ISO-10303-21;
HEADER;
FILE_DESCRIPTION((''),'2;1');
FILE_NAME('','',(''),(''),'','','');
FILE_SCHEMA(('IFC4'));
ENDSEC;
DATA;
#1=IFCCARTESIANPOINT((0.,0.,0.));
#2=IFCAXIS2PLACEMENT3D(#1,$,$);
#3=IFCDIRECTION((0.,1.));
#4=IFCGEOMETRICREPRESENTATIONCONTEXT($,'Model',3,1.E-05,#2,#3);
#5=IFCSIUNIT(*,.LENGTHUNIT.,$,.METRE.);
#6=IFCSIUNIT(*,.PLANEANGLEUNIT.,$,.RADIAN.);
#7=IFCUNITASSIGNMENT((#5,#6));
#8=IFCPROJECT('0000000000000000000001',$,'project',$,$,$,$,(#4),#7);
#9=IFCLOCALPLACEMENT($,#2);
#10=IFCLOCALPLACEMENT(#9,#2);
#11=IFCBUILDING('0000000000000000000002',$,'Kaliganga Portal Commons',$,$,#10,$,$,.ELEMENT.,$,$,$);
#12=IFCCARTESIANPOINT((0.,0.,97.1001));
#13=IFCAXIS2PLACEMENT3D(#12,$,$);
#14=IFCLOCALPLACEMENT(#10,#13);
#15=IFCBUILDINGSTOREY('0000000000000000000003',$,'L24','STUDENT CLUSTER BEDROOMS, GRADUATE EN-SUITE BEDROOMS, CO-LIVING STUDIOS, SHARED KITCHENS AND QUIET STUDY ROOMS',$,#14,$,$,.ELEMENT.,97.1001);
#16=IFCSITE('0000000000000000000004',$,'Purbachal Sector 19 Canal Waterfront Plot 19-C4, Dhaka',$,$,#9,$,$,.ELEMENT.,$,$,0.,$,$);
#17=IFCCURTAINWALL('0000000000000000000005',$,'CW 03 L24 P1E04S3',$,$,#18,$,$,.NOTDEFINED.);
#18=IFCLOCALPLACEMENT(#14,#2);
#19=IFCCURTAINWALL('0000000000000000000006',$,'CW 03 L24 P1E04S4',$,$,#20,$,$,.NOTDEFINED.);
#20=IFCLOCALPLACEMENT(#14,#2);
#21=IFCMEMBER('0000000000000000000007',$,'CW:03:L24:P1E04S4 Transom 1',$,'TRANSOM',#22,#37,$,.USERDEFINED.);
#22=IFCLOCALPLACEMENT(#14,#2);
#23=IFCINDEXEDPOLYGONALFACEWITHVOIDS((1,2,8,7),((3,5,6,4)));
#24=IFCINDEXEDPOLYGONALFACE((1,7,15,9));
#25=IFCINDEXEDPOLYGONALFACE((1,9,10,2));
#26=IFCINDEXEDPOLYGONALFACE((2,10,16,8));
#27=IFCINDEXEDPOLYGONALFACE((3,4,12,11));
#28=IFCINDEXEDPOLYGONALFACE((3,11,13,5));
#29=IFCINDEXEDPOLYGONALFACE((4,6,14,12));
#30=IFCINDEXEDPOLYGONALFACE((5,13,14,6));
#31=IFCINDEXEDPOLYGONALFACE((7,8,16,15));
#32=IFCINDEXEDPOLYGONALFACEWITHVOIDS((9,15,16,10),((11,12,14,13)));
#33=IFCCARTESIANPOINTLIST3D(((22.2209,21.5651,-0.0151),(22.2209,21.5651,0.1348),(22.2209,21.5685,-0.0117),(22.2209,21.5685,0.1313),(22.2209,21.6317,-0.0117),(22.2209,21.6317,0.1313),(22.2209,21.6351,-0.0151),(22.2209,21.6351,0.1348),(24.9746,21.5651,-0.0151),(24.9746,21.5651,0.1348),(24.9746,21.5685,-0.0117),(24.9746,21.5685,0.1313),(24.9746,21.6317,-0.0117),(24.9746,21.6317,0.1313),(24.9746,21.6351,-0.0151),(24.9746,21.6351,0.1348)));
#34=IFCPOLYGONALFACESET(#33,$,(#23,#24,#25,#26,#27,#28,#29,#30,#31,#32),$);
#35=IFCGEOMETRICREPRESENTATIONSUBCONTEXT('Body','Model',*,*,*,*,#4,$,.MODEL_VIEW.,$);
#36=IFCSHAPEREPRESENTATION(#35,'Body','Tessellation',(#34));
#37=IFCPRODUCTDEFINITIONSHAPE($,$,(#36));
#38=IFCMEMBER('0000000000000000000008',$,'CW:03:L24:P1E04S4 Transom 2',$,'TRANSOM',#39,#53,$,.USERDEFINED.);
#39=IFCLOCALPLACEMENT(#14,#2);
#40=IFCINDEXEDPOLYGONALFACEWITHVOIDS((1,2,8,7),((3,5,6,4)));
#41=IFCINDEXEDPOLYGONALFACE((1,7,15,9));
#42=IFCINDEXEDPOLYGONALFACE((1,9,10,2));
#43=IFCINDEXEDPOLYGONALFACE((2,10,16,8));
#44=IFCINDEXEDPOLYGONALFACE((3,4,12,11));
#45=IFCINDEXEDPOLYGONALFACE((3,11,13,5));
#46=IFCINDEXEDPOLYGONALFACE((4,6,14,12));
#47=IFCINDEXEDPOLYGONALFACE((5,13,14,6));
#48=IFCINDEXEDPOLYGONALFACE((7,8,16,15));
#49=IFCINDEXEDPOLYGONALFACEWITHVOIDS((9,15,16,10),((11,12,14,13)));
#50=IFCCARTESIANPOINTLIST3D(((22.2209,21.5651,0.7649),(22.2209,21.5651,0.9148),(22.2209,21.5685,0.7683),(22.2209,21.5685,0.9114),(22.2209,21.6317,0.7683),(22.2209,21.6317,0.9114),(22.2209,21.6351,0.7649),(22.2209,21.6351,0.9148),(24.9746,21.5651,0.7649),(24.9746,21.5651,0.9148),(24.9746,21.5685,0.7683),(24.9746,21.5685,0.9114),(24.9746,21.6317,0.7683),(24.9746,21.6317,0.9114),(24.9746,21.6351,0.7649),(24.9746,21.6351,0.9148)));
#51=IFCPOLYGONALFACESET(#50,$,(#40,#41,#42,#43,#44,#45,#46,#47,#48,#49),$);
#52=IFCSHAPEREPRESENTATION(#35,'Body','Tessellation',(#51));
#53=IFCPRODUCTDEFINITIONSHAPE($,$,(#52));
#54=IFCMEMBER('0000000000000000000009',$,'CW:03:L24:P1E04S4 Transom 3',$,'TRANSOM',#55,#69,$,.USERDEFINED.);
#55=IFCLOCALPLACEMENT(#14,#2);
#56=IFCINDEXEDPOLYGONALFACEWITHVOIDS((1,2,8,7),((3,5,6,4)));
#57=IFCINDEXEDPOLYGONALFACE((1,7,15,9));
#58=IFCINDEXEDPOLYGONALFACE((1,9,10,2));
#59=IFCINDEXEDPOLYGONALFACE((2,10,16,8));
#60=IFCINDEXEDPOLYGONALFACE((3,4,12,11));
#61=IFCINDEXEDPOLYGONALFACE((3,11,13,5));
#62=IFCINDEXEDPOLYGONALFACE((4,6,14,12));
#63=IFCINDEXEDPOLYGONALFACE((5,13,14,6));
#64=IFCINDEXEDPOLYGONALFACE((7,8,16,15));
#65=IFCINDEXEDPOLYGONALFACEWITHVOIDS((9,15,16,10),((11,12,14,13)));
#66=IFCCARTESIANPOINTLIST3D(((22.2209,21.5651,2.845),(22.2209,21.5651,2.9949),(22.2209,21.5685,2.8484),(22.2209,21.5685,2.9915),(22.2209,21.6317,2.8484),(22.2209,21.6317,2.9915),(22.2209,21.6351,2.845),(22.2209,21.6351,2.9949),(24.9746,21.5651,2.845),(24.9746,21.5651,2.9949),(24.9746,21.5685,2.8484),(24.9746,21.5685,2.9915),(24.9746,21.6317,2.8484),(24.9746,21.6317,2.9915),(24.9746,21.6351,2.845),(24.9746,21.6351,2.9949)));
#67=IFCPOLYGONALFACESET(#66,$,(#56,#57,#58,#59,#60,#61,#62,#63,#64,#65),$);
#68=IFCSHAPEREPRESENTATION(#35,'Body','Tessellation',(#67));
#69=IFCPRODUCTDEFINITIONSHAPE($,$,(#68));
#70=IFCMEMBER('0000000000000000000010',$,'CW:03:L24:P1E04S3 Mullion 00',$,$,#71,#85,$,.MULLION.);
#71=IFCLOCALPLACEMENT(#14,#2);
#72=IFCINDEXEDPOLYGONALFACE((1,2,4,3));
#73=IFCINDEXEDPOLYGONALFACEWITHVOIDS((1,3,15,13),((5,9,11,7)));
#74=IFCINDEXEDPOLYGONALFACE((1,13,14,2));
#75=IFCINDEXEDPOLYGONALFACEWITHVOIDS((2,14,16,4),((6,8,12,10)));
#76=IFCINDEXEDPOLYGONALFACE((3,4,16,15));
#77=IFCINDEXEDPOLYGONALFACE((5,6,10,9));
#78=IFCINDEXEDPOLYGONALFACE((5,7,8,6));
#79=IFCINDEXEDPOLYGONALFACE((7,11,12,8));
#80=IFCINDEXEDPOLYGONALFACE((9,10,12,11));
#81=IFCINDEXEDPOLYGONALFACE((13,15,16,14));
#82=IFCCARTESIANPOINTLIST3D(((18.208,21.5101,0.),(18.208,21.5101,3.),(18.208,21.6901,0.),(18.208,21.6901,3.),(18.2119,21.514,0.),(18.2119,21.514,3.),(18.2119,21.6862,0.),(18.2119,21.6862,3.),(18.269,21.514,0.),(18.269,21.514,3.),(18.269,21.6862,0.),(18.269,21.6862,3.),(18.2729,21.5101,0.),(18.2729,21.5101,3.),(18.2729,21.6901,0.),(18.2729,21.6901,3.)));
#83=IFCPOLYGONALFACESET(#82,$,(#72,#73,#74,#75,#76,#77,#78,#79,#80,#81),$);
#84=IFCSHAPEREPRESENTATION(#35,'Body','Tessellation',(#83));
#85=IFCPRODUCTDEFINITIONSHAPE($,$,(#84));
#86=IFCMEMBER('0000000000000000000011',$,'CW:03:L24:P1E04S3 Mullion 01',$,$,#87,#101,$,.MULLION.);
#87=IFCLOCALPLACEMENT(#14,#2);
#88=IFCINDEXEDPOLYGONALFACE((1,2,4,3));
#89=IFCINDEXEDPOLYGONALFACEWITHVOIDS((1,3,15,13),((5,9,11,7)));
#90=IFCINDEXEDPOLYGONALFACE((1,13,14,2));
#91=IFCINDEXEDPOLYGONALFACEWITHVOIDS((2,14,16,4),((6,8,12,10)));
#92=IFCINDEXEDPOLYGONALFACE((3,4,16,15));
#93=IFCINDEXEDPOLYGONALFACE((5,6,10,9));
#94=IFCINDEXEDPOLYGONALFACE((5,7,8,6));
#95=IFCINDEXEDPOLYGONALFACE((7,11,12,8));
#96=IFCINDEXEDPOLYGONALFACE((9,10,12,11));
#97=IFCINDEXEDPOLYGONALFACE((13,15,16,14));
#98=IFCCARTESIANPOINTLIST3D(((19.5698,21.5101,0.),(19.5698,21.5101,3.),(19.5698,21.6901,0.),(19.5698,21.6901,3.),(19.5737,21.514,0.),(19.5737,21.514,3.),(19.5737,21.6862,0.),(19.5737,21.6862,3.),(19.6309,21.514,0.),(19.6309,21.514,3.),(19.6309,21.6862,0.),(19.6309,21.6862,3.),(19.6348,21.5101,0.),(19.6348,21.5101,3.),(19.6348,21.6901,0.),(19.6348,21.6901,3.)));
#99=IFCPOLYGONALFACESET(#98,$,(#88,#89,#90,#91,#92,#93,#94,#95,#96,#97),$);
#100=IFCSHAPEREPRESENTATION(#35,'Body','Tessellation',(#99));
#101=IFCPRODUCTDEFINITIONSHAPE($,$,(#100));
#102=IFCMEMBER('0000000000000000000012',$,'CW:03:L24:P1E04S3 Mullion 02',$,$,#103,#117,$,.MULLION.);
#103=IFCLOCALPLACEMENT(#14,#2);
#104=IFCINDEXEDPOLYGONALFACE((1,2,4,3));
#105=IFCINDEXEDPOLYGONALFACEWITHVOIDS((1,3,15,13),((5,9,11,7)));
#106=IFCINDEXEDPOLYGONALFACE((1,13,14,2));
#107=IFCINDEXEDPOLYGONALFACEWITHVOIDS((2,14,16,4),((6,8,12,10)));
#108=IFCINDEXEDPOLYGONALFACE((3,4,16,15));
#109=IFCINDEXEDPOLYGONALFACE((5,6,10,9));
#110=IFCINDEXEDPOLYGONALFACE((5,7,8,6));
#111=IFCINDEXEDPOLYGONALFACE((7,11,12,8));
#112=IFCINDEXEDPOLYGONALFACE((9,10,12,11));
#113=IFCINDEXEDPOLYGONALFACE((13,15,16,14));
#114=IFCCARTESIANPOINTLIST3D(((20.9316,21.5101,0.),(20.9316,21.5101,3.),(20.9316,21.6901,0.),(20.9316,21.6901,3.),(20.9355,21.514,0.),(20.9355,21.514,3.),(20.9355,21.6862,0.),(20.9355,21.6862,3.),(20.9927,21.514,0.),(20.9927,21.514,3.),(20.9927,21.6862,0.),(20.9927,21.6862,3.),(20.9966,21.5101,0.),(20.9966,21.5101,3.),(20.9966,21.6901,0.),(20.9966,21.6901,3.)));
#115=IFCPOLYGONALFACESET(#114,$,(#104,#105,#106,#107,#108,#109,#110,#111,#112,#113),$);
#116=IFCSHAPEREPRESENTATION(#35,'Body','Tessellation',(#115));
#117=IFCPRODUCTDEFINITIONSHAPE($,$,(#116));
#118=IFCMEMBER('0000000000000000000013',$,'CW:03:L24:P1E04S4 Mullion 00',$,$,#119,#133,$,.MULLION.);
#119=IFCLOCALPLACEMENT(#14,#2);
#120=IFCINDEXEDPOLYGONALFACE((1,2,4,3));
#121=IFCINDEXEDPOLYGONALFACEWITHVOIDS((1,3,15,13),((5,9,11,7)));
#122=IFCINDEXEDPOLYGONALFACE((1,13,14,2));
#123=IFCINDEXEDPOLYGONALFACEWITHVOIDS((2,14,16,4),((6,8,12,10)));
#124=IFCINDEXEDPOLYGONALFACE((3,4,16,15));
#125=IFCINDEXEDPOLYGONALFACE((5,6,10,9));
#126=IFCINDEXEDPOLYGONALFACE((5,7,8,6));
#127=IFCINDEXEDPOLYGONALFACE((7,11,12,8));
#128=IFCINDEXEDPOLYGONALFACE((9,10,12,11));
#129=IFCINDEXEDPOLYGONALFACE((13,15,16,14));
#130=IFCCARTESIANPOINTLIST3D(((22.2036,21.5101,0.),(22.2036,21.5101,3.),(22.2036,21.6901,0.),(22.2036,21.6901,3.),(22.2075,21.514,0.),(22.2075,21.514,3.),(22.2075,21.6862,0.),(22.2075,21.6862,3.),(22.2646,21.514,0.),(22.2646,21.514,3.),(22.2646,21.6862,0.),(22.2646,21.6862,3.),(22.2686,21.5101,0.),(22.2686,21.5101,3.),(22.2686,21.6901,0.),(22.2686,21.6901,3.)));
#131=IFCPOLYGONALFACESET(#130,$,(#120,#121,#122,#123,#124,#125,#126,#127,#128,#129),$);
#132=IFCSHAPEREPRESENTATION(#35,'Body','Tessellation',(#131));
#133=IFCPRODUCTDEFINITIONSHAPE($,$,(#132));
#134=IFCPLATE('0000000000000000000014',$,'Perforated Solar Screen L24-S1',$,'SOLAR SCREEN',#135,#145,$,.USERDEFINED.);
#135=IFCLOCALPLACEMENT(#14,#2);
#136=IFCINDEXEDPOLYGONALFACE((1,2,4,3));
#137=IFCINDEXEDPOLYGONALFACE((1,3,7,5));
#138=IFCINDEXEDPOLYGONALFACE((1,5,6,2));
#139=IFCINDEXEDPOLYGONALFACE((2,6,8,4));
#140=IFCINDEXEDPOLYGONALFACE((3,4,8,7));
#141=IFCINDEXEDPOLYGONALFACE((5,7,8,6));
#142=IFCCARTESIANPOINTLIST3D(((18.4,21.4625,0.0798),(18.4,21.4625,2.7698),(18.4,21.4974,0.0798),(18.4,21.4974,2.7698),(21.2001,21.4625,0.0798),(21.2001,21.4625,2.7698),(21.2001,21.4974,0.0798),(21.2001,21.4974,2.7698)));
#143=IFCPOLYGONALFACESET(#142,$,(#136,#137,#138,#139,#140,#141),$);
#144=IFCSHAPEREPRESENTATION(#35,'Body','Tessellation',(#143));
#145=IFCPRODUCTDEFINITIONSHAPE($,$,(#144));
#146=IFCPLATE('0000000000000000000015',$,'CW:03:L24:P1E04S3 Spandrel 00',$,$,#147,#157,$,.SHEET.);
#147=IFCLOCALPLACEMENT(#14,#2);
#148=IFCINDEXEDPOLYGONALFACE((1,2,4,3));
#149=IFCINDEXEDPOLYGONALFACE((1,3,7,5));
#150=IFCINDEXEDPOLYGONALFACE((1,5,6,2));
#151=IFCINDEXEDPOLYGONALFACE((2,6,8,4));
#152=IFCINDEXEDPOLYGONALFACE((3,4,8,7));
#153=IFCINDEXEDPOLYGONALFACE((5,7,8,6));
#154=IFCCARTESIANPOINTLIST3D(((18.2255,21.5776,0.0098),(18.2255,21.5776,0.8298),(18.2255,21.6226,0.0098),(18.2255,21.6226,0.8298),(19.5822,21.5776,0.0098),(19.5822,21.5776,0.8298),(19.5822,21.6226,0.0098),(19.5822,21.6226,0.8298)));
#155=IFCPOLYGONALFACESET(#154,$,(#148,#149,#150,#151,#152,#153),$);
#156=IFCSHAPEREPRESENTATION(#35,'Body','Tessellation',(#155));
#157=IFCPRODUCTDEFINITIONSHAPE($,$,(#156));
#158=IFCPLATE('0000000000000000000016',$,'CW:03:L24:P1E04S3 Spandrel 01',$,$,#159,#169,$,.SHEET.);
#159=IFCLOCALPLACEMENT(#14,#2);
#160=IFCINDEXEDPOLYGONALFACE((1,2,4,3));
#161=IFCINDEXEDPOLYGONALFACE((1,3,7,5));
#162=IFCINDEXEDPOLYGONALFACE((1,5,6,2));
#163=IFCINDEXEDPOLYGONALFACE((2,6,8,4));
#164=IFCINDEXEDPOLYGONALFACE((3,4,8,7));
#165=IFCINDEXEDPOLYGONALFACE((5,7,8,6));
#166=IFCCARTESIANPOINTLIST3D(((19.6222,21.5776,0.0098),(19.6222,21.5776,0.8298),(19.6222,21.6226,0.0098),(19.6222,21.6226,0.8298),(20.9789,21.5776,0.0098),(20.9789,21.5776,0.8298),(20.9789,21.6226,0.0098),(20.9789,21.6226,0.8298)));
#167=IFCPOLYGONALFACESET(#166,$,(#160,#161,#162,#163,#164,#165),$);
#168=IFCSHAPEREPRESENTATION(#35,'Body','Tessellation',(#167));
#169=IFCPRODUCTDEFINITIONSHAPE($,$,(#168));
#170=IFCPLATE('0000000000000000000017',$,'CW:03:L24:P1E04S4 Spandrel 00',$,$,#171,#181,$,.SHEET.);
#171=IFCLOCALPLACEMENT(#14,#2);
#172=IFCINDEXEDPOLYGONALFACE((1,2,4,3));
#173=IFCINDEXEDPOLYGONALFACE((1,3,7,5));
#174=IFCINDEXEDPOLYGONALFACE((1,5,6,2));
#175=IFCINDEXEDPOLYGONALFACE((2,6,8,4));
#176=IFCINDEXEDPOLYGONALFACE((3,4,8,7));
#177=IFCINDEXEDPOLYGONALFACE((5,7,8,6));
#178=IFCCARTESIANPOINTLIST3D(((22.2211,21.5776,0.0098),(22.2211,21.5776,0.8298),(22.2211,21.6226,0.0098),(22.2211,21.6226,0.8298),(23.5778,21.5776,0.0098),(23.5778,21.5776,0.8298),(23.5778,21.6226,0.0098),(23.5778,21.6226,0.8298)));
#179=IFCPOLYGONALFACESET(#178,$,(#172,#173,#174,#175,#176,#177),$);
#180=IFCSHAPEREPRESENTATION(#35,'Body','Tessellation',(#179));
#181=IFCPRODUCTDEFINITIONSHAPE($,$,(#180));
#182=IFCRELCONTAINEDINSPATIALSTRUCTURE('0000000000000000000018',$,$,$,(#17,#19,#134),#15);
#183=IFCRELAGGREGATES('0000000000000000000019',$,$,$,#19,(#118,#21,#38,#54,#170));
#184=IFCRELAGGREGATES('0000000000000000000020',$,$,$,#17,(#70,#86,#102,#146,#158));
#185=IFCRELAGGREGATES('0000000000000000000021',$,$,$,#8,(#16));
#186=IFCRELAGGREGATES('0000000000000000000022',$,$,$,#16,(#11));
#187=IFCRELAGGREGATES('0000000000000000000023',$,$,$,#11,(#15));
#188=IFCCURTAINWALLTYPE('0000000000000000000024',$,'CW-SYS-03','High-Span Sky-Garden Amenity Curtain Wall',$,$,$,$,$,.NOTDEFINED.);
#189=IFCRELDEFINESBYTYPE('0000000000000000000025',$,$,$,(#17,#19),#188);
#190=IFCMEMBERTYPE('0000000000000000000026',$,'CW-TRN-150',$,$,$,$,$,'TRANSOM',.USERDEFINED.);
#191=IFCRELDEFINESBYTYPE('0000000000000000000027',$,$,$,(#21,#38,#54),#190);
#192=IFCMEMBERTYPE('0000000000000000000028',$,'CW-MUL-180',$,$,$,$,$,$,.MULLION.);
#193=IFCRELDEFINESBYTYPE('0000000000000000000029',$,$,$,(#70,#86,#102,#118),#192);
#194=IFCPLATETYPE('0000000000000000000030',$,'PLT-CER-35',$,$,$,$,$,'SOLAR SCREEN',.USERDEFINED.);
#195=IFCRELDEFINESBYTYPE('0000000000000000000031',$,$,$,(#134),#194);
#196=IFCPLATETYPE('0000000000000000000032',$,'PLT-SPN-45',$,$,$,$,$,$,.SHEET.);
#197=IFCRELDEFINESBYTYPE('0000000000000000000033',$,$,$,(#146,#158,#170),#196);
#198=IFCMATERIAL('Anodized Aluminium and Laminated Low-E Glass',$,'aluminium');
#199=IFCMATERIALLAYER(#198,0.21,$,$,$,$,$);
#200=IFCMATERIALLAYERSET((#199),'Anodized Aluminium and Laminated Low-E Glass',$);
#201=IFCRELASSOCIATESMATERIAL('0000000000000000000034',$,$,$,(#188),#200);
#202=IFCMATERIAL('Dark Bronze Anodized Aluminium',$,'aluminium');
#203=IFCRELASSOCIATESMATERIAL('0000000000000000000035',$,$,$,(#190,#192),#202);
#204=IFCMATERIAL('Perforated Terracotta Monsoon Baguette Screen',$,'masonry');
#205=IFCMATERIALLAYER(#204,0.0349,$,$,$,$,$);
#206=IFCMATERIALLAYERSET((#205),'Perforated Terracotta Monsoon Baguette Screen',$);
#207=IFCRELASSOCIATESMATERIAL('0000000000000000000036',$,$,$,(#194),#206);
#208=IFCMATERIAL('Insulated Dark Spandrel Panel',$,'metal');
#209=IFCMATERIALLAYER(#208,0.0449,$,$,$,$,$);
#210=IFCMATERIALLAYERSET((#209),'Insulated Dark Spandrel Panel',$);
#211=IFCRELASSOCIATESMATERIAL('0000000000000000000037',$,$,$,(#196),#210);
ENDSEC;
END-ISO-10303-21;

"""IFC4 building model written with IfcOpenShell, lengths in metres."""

from ifc_helpers import new_model, si_unit, direction, frame, origin, origin_2d, place, context, subcontext, project, spatial, rectangle, hollow_rectangle, extrude, source, transform, mapped, material, layer, layer_set, material_profile, profile_set, type_object, element, aggregate, save


model = new_model("IFC4")

# Units and contexts
model_context = context("Model", 3, precision=1e-05, world=origin(), true_north=direction((0.0, 1.0)))
body_context = subcontext(model_context, "Body", "Model", "MODEL_VIEW")
ifc_project = project(units=[si_unit("LENGTHUNIT", "METRE"), si_unit("PLANEANGLEUNIT", "RADIAN")], contexts=[model_context])

# Site, building, storey
site_placement = place(None, origin())
site = spatial("IfcSite", under=ifc_project, at=site_placement, Name="Purbachal Sector 19 Canal Waterfront Plot 19-C4, Dhaka", CompositionType="ELEMENT", RefElevation=0.0)
building_placement = place(site_placement, origin())
building = spatial("IfcBuilding", under=site, at=building_placement, Name="Kaliganga Portal Commons", CompositionType="ELEMENT")
storey_placement = place(building_placement, frame((0.0, 0.0, 97.1001)))
storey = spatial("IfcBuildingStorey", under=building, at=storey_placement, Name="L24", Description="STUDENT CLUSTER BEDROOMS, GRADUATE EN-SUITE BEDROOMS, CO-LIVING STUDIOS, SHARED KITCHENS AND QUIET STUDY ROOMS", CompositionType="ELEMENT", Elevation=97.1001)

# Curtain walls, members
ifc_material_1 = material(Name="Anodized Aluminium and Laminated Low-E Glass", Category="aluminium")
ifc_layer_1 = layer(ifc_material_1, 0.21)
ifc_layer_set_1 = layer_set([ifc_layer_1], Name="Anodized Aluminium and Laminated Low-E Glass")
curtain_wall_type = type_object("IfcCurtainWallType", Name="CW-SYS-03", Description="High-Span Sky-Garden Amenity Curtain Wall", PredefinedType="NOTDEFINED", material=ifc_layer_set_1)
curtain_wall_1_placement = place(storey_placement, origin())
curtain_wall_1 = element("IfcCurtainWall", 1, at=curtain_wall_1_placement, inside=storey, type_object=curtain_wall_type, Name="CW 03 L24 P1E04S3", PredefinedType="NOTDEFINED")
ifc_material_2 = material(Name="Dark Bronze Anodized Aluminium", Category="aluminium")
ifc_material_profile_1 = material_profile(ifc_material_2, hollow_rectangle(XDim=0.0701, YDim=0.1499, WallThickness=0.0034, at=origin_2d()), Name="ALU TRAN 70x150x3.5")
ifc_profile_set_1 = profile_set([ifc_material_profile_1], Name="Dark Bronze Anodized Aluminium")
member_type_1 = type_object("IfcMemberType", Name="CW-TRN-150", ElementType="TRANSOM", PredefinedType="USERDEFINED", material=ifc_profile_set_1)
curtain_wall_2_placement = place(storey_placement, origin())
curtain_wall_2 = element("IfcCurtainWall", 2, at=curtain_wall_2_placement, inside=storey, type_object=curtain_wall_type, Name="CW 03 L24 P1E04S4", PredefinedType="NOTDEFINED")
shared_shape_1 = source(origin(), body_context, "Body", "SweptSolid", [
    extrude(hollow_rectangle(XDim=0.0701, YDim=0.1499, WallThickness=0.0034, at=origin_2d()), origin(), (0.0, 0.0, 1.0), 2.7537),
])
member_1_placement = place(storey_placement, frame((22.2209, 21.6001, 0.0598), z_axis=(1.0, 0.0, 0.0), x_axis=(0.0, 1.0, 0.0)))
member_1 = element("IfcMember", 3, at=member_1_placement, type_object=member_type_1, Name="CW:03:L24:P1E04S4 Transom 1", ObjectType="TRANSOM", PredefinedType="USERDEFINED", context=body_context, shape_type="MappedRepresentation", body=[
    mapped(shared_shape_1, transform((0.0, 0.0, 0.0), x_axis=(1.0, 0.0, 0.0), y_axis=(0.0, 1.0, 0.0), z_axis=(0.0, 0.0, 1.0), scale=1.0)),
])
member_2_placement = place(storey_placement, frame((22.2209, 21.6001, 0.8398), z_axis=(1.0, 0.0, 0.0), x_axis=(0.0, 1.0, 0.0)))
member_2 = element("IfcMember", 4, at=member_2_placement, type_object=member_type_1, Name="CW:03:L24:P1E04S4 Transom 2", ObjectType="TRANSOM", PredefinedType="USERDEFINED", context=body_context, shape_type="MappedRepresentation", body=[
    mapped(shared_shape_1, transform((0.0, 0.0, 0.0), x_axis=(1.0, 0.0, 0.0), y_axis=(0.0, 1.0, 0.0), z_axis=(0.0, 0.0, 1.0), scale=1.0)),
])
member_3_placement = place(storey_placement, frame((22.2209, 21.6001, 2.9199), z_axis=(1.0, 0.0, 0.0), x_axis=(0.0, 1.0, 0.0)))
member_3 = element("IfcMember", 5, at=member_3_placement, type_object=member_type_1, Name="CW:03:L24:P1E04S4 Transom 3", ObjectType="TRANSOM", PredefinedType="USERDEFINED", context=body_context, shape_type="MappedRepresentation", body=[
    mapped(shared_shape_1, transform((0.0, 0.0, 0.0), x_axis=(1.0, 0.0, 0.0), y_axis=(0.0, 1.0, 0.0), z_axis=(0.0, 0.0, 1.0), scale=1.0)),
])

# Members
ifc_material_profile_2 = material_profile(ifc_material_2, hollow_rectangle(XDim=0.0649, YDim=0.1799, WallThickness=0.0039, at=origin_2d()), Name="ALU MULL 65x180x4")
ifc_profile_set_2 = profile_set([ifc_material_profile_2], Name="Dark Bronze Anodized Aluminium")
member_type_2 = type_object("IfcMemberType", Name="CW-MUL-180", PredefinedType="MULLION", material=ifc_profile_set_2)
shared_shape_2 = source(origin(), body_context, "Body", "SweptSolid", [
    extrude(hollow_rectangle(XDim=0.0649, YDim=0.1799, WallThickness=0.0039, at=origin_2d()), origin(), (0.0, 0.0, 1.0), 3.0),
])
member_4_placement = place(storey_placement, frame((18.2405, 21.6001, 0.0), z_axis=(0.0, 0.0, 1.0), x_axis=(1.0, 0.0, 0.0)))
member_4 = element("IfcMember", 6, at=member_4_placement, type_object=member_type_2, Name="CW:03:L24:P1E04S3 Mullion 00", PredefinedType="MULLION", context=body_context, shape_type="MappedRepresentation", body=[
    mapped(shared_shape_2, transform((0.0, 0.0, 0.0), x_axis=(1.0, 0.0, 0.0), y_axis=(0.0, 1.0, 0.0), z_axis=(0.0, 0.0, 1.0), scale=1.0)),
])
member_5_placement = place(storey_placement, frame((19.6023, 21.6001, 0.0), z_axis=(0.0, 0.0, 1.0), x_axis=(1.0, 0.0, 0.0)))
member_5 = element("IfcMember", 7, at=member_5_placement, type_object=member_type_2, Name="CW:03:L24:P1E04S3 Mullion 01", PredefinedType="MULLION", context=body_context, shape_type="MappedRepresentation", body=[
    mapped(shared_shape_2, transform((0.0, 0.0, 0.0), x_axis=(1.0, 0.0, 0.0), y_axis=(0.0, 1.0, 0.0), z_axis=(0.0, 0.0, 1.0), scale=1.0)),
])
member_6_placement = place(storey_placement, frame((20.9641, 21.6001, 0.0), z_axis=(0.0, 0.0, 1.0), x_axis=(1.0, 0.0, 0.0)))
member_6 = element("IfcMember", 8, at=member_6_placement, type_object=member_type_2, Name="CW:03:L24:P1E04S3 Mullion 02", PredefinedType="MULLION", context=body_context, shape_type="MappedRepresentation", body=[
    mapped(shared_shape_2, transform((0.0, 0.0, 0.0), x_axis=(1.0, 0.0, 0.0), y_axis=(0.0, 1.0, 0.0), z_axis=(0.0, 0.0, 1.0), scale=1.0)),
])
member_7_placement = place(storey_placement, frame((22.2361, 21.6001, 0.0), z_axis=(0.0, 0.0, 1.0), x_axis=(1.0, 0.0, 0.0)))
member_7 = element("IfcMember", 9, at=member_7_placement, type_object=member_type_2, Name="CW:03:L24:P1E04S4 Mullion 00", PredefinedType="MULLION", context=body_context, shape_type="MappedRepresentation", body=[
    mapped(shared_shape_2, transform((0.0, 0.0, 0.0), x_axis=(1.0, 0.0, 0.0), y_axis=(0.0, 1.0, 0.0), z_axis=(0.0, 0.0, 1.0), scale=1.0)),
])

# Plates
ifc_material_3 = material(Name="Perforated Terracotta Monsoon Baguette Screen", Category="masonry")
ifc_layer_2 = layer(ifc_material_3, 0.0349)
ifc_layer_set_2 = layer_set([ifc_layer_2], Name="Perforated Terracotta Monsoon Baguette Screen")
plate_type_1 = type_object("IfcPlateType", Name="PLT-CER-35", ElementType="SOLAR SCREEN", PredefinedType="USERDEFINED", material=ifc_layer_set_2)
shared_shape_3 = source(origin(), body_context, "Body", "SweptSolid", [
    extrude(rectangle(XDim=2.8, YDim=0.0349, at=origin_2d()), origin(), (0.0, 0.0, 1.0), 2.6899),
])
plate_1_placement = place(storey_placement, frame((19.8, 21.48, 0.0798), z_axis=(0.0, 0.0, 1.0), x_axis=(1.0, 0.0, 0.0)))
element("IfcPlate", 10, at=plate_1_placement, inside=storey, type_object=plate_type_1, Name="Perforated Solar Screen L24-S1", ObjectType="SOLAR SCREEN", PredefinedType="USERDEFINED", context=body_context, shape_type="MappedRepresentation", body=[
    mapped(shared_shape_3, transform((0.0, 0.0, 0.0), x_axis=(1.0, 0.0, 0.0), y_axis=(0.0, 1.0, 0.0), z_axis=(0.0, 0.0, 1.0), scale=1.0)),
])
ifc_material_4 = material(Name="Insulated Dark Spandrel Panel", Category="metal")
ifc_layer_3 = layer(ifc_material_4, 0.0449)
ifc_layer_set_3 = layer_set([ifc_layer_3], Name="Insulated Dark Spandrel Panel")
plate_type_2 = type_object("IfcPlateType", Name="PLT-SPN-45", PredefinedType="SHEET", material=ifc_layer_set_3)
shared_shape_4 = source(origin(), body_context, "Body", "SweptSolid", [
    extrude(rectangle(XDim=1.3567, YDim=0.0449, at=origin_2d()), origin(), (0.0, 0.0, 1.0), 0.8201),
])
plate_2_placement = place(storey_placement, frame((18.9038, 21.6001, 0.0098), z_axis=(0.0, 0.0, 1.0), x_axis=(1.0, 0.0, 0.0)))
plate_2 = element("IfcPlate", 11, at=plate_2_placement, type_object=plate_type_2, Name="CW:03:L24:P1E04S3 Spandrel 00", PredefinedType="SHEET", context=body_context, shape_type="MappedRepresentation", body=[
    mapped(shared_shape_4, transform((0.0, 0.0, 0.0), x_axis=(1.0, 0.0, 0.0), y_axis=(0.0, 1.0, 0.0), z_axis=(0.0, 0.0, 1.0), scale=1.0)),
])
plate_3_placement = place(storey_placement, frame((20.3005, 21.6001, 0.0098), z_axis=(0.0, 0.0, 1.0), x_axis=(1.0, 0.0, 0.0)))
plate_3 = element("IfcPlate", 12, at=plate_3_placement, type_object=plate_type_2, Name="CW:03:L24:P1E04S3 Spandrel 01", PredefinedType="SHEET", context=body_context, shape_type="MappedRepresentation", body=[
    mapped(shared_shape_4, transform((0.0, 0.0, 0.0), x_axis=(1.0, 0.0, 0.0), y_axis=(0.0, 1.0, 0.0), z_axis=(0.0, 0.0, 1.0), scale=1.0)),
])
plate_4_placement = place(storey_placement, frame((22.8994, 21.6001, 0.0098), z_axis=(0.0, 0.0, 1.0), x_axis=(1.0, 0.0, 0.0)))
plate_4 = element("IfcPlate", 13, at=plate_4_placement, type_object=plate_type_2, Name="CW:03:L24:P1E04S4 Spandrel 00", PredefinedType="SHEET", context=body_context, shape_type="MappedRepresentation", body=[
    mapped(shared_shape_4, transform((0.0, 0.0, 0.0), x_axis=(1.0, 0.0, 0.0), y_axis=(0.0, 1.0, 0.0), z_axis=(0.0, 0.0, 1.0), scale=1.0)),
])
aggregate(curtain_wall_2, [member_7, member_1, member_2, member_3, plate_4])
aggregate(curtain_wall_1, [member_4, member_5, member_6, plate_2, plate_3])

save(model, "model.ifc")
